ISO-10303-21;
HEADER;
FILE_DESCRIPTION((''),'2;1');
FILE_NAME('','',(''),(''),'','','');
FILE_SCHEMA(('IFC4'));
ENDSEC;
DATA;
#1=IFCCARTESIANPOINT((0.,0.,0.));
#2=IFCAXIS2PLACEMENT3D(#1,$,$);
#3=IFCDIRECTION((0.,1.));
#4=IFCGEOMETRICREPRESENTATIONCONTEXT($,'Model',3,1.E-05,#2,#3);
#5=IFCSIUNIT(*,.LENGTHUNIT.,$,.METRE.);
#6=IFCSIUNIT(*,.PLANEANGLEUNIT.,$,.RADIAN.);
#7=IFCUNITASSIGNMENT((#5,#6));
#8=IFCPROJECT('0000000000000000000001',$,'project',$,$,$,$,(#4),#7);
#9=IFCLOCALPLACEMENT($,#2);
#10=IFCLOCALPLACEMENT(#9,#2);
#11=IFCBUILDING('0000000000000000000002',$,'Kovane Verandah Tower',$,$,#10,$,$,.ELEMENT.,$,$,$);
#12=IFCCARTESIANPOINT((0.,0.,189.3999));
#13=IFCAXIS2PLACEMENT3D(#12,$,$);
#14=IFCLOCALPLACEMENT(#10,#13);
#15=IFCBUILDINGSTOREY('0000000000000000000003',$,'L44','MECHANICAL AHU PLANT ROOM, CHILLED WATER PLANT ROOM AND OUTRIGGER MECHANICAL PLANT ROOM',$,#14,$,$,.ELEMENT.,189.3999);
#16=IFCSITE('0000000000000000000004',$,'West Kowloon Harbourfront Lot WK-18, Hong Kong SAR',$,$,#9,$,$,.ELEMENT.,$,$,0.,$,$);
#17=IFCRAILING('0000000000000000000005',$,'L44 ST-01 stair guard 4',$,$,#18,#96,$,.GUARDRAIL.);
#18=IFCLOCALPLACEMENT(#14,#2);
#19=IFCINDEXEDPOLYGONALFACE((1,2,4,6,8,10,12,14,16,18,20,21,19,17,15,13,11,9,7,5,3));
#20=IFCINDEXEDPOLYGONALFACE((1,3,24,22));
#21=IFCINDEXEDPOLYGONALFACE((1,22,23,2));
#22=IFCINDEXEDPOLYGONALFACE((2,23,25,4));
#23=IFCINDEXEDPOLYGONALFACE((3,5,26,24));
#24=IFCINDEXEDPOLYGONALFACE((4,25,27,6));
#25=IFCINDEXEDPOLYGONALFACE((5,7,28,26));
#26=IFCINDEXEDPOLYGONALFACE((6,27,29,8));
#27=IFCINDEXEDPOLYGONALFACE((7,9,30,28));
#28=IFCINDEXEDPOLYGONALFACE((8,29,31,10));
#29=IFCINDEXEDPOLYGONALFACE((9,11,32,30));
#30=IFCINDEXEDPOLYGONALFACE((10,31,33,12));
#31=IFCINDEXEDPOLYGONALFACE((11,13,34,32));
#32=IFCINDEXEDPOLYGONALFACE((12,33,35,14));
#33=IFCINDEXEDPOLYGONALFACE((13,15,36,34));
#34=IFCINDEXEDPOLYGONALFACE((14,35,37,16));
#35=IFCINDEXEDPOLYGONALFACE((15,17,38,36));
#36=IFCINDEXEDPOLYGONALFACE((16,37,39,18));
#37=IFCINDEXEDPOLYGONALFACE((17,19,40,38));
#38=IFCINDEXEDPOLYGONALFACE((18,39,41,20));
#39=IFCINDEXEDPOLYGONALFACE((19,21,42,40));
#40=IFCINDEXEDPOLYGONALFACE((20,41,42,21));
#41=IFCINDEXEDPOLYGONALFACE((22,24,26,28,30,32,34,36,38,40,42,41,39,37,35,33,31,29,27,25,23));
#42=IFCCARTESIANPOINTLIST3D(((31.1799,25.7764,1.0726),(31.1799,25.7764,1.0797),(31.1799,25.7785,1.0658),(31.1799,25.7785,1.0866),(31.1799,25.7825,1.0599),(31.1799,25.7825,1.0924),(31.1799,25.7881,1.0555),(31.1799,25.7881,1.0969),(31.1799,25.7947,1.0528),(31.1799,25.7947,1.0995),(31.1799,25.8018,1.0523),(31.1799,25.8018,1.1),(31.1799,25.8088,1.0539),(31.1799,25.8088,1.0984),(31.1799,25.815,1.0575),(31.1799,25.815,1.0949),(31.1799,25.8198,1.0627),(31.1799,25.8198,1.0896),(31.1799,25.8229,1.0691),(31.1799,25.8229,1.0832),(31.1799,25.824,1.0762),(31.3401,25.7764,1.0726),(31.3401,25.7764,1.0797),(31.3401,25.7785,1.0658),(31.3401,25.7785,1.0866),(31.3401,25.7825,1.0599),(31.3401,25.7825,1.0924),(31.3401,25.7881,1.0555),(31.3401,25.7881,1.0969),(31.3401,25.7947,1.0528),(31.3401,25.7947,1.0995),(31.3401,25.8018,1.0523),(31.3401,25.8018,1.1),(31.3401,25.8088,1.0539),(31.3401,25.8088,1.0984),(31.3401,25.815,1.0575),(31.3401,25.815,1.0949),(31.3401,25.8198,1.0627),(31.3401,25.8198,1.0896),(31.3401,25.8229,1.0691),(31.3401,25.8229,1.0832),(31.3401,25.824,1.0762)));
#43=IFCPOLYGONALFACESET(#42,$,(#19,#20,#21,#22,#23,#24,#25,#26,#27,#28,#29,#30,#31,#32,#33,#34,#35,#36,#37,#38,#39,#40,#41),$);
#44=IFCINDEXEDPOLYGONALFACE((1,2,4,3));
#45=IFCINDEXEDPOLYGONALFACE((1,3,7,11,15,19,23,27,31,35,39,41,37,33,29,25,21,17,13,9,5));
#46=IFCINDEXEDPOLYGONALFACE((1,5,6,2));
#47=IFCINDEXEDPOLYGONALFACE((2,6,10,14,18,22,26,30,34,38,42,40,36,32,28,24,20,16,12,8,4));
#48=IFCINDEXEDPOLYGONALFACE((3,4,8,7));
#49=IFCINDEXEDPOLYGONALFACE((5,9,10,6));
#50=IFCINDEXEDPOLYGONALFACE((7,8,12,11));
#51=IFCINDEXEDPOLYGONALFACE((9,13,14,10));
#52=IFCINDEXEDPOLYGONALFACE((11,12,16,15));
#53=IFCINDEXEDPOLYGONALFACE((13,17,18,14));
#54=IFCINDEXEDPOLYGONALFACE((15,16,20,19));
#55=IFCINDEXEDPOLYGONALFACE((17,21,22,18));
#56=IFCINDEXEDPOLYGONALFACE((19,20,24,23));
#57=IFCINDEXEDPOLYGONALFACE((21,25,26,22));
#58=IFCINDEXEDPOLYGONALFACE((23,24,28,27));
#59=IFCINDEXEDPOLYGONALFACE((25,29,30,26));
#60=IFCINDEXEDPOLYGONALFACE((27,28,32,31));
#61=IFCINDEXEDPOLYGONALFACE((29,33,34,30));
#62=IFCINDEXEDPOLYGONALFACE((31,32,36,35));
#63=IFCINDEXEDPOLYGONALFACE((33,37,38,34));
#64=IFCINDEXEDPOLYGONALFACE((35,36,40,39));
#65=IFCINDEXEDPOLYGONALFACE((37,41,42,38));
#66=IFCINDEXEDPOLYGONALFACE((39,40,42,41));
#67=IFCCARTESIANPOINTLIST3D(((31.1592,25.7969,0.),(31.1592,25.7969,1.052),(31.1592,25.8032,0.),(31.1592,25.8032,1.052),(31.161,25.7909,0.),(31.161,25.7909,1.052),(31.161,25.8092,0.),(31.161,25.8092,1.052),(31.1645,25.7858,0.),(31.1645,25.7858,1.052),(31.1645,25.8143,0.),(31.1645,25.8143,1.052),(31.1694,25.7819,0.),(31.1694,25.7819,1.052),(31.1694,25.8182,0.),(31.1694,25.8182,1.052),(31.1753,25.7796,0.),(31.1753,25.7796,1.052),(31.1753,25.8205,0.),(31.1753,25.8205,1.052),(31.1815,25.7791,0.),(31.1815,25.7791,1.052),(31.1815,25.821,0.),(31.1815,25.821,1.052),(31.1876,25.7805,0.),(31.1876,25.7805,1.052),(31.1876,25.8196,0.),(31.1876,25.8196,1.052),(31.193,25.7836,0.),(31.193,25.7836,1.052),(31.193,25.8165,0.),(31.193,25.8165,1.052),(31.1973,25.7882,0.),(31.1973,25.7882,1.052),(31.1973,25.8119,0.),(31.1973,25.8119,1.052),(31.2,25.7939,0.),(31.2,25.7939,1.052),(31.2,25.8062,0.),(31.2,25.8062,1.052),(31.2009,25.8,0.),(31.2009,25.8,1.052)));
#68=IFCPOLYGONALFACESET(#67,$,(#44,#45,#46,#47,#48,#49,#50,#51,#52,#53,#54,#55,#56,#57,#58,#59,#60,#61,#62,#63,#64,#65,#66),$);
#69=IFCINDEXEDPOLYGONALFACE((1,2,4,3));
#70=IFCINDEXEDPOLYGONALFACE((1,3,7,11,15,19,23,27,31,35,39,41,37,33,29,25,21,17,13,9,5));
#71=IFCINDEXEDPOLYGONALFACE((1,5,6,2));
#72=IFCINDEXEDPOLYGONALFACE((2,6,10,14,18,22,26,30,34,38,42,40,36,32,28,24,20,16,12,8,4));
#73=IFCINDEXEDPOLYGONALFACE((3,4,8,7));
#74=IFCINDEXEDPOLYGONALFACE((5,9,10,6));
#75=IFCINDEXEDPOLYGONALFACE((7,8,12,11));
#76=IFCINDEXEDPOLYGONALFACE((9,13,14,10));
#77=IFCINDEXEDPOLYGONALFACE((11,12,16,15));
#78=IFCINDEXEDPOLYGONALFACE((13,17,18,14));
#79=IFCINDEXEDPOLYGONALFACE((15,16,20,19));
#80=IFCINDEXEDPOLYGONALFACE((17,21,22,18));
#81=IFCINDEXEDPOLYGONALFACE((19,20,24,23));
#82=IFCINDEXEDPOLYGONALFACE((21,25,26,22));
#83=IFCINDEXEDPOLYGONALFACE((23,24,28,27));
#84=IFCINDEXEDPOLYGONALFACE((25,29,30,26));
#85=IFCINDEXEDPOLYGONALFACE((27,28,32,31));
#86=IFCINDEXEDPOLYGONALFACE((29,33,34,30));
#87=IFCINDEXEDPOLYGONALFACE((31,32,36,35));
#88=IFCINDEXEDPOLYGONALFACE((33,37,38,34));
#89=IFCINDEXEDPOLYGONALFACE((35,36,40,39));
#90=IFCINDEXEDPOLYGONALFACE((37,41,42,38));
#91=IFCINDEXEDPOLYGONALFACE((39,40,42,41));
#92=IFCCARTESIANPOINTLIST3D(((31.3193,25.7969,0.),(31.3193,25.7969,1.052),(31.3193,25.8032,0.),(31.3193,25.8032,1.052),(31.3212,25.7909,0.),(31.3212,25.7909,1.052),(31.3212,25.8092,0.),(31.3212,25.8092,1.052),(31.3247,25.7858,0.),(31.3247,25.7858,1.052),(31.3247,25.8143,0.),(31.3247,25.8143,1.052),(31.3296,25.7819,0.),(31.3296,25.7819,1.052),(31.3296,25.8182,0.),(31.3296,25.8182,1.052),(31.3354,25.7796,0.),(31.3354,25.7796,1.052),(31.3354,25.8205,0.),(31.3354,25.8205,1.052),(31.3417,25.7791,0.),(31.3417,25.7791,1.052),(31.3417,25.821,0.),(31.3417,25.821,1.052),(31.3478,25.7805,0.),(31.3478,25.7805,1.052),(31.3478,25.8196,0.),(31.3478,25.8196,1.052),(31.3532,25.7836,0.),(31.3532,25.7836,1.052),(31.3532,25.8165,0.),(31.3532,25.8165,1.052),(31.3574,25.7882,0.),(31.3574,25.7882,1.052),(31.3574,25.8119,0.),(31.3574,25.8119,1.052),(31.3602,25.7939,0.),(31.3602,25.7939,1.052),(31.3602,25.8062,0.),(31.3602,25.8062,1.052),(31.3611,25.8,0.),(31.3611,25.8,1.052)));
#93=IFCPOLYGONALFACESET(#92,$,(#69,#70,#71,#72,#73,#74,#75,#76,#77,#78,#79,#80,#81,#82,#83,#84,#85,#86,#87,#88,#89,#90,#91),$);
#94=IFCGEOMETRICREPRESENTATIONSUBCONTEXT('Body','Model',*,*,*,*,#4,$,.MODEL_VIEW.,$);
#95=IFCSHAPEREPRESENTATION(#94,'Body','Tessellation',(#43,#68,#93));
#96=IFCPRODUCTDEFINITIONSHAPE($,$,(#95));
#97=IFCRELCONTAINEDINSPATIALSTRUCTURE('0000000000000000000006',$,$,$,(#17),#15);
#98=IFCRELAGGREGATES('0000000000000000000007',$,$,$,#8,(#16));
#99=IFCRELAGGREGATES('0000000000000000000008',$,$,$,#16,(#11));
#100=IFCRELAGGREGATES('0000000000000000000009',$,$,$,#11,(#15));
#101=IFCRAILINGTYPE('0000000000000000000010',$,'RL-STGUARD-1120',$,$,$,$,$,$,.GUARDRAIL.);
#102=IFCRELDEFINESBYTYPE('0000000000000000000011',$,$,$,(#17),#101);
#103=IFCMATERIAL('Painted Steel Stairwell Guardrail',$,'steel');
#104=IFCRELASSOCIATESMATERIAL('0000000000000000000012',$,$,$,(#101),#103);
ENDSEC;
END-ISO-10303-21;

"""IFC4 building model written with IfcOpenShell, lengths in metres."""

from ifc_helpers import new_model, si_unit, direction, frame, origin, origin_2d, place, context, subcontext, project, spatial, circle, extrude, material, type_object, element, save


model = new_model("IFC4")

# Units and contexts
model_context = context("Model", 3, precision=1e-05, world=origin(), true_north=direction((0.0, 1.0)))
body_context = subcontext(model_context, "Body", "Model", "MODEL_VIEW")
ifc_project = project(units=[si_unit("LENGTHUNIT", "METRE"), si_unit("PLANEANGLEUNIT", "RADIAN")], contexts=[model_context])

# Site, building, storey
site_placement = place(None, origin())
site = spatial("IfcSite", under=ifc_project, at=site_placement, Name="West Kowloon Harbourfront Lot WK-18, Hong Kong SAR", CompositionType="ELEMENT", RefElevation=0.0)
building_placement = place(site_placement, origin())
building = spatial("IfcBuilding", under=site, at=building_placement, Name="Kovane Verandah Tower", CompositionType="ELEMENT")
storey_placement = place(building_placement, frame((0.0, 0.0, 189.3999)))
storey = spatial("IfcBuildingStorey", under=building, at=storey_placement, Name="L44", Description="MECHANICAL AHU PLANT ROOM, CHILLED WATER PLANT ROOM AND OUTRIGGER MECHANICAL PLANT ROOM", CompositionType="ELEMENT", Elevation=189.3999)

# Railing
ifc_material_1 = material(Name="Painted Steel Stairwell Guardrail", Category="steel")
railing_type_1 = type_object("IfcRailingType", Name="RL-STGUARD-1120", PredefinedType="GUARDRAIL", material=ifc_material_1)
railing_1_placement = place(storey_placement, frame((31.1799, 25.8, 0.0)))
element("IfcRailing", 1, at=railing_1_placement, inside=storey, type_object=railing_type_1, Name="L44 ST-01 stair guard 4", PredefinedType="GUARDRAIL", context=body_context, shape_type="SweptSolid", body=[
    extrude(circle(Radius=0.0239, at=origin_2d()), frame((0.0, 0.0, 1.0762), z_axis=(1.0, 0.0, 0.0), x_axis=(0.0, 1.0, 0.0)), (0.0, 0.0, 1.0), 0.1602),
    extrude(circle(Radius=0.021, at=origin_2d()), origin(), (0.0, 0.0, 1.0), 1.052),
    extrude(circle(Radius=0.021, at=origin_2d()), frame((0.1602, 0.0, 0.0)), (0.0, 0.0, 1.0), 1.052),
])

save(model, "model.ifc")
